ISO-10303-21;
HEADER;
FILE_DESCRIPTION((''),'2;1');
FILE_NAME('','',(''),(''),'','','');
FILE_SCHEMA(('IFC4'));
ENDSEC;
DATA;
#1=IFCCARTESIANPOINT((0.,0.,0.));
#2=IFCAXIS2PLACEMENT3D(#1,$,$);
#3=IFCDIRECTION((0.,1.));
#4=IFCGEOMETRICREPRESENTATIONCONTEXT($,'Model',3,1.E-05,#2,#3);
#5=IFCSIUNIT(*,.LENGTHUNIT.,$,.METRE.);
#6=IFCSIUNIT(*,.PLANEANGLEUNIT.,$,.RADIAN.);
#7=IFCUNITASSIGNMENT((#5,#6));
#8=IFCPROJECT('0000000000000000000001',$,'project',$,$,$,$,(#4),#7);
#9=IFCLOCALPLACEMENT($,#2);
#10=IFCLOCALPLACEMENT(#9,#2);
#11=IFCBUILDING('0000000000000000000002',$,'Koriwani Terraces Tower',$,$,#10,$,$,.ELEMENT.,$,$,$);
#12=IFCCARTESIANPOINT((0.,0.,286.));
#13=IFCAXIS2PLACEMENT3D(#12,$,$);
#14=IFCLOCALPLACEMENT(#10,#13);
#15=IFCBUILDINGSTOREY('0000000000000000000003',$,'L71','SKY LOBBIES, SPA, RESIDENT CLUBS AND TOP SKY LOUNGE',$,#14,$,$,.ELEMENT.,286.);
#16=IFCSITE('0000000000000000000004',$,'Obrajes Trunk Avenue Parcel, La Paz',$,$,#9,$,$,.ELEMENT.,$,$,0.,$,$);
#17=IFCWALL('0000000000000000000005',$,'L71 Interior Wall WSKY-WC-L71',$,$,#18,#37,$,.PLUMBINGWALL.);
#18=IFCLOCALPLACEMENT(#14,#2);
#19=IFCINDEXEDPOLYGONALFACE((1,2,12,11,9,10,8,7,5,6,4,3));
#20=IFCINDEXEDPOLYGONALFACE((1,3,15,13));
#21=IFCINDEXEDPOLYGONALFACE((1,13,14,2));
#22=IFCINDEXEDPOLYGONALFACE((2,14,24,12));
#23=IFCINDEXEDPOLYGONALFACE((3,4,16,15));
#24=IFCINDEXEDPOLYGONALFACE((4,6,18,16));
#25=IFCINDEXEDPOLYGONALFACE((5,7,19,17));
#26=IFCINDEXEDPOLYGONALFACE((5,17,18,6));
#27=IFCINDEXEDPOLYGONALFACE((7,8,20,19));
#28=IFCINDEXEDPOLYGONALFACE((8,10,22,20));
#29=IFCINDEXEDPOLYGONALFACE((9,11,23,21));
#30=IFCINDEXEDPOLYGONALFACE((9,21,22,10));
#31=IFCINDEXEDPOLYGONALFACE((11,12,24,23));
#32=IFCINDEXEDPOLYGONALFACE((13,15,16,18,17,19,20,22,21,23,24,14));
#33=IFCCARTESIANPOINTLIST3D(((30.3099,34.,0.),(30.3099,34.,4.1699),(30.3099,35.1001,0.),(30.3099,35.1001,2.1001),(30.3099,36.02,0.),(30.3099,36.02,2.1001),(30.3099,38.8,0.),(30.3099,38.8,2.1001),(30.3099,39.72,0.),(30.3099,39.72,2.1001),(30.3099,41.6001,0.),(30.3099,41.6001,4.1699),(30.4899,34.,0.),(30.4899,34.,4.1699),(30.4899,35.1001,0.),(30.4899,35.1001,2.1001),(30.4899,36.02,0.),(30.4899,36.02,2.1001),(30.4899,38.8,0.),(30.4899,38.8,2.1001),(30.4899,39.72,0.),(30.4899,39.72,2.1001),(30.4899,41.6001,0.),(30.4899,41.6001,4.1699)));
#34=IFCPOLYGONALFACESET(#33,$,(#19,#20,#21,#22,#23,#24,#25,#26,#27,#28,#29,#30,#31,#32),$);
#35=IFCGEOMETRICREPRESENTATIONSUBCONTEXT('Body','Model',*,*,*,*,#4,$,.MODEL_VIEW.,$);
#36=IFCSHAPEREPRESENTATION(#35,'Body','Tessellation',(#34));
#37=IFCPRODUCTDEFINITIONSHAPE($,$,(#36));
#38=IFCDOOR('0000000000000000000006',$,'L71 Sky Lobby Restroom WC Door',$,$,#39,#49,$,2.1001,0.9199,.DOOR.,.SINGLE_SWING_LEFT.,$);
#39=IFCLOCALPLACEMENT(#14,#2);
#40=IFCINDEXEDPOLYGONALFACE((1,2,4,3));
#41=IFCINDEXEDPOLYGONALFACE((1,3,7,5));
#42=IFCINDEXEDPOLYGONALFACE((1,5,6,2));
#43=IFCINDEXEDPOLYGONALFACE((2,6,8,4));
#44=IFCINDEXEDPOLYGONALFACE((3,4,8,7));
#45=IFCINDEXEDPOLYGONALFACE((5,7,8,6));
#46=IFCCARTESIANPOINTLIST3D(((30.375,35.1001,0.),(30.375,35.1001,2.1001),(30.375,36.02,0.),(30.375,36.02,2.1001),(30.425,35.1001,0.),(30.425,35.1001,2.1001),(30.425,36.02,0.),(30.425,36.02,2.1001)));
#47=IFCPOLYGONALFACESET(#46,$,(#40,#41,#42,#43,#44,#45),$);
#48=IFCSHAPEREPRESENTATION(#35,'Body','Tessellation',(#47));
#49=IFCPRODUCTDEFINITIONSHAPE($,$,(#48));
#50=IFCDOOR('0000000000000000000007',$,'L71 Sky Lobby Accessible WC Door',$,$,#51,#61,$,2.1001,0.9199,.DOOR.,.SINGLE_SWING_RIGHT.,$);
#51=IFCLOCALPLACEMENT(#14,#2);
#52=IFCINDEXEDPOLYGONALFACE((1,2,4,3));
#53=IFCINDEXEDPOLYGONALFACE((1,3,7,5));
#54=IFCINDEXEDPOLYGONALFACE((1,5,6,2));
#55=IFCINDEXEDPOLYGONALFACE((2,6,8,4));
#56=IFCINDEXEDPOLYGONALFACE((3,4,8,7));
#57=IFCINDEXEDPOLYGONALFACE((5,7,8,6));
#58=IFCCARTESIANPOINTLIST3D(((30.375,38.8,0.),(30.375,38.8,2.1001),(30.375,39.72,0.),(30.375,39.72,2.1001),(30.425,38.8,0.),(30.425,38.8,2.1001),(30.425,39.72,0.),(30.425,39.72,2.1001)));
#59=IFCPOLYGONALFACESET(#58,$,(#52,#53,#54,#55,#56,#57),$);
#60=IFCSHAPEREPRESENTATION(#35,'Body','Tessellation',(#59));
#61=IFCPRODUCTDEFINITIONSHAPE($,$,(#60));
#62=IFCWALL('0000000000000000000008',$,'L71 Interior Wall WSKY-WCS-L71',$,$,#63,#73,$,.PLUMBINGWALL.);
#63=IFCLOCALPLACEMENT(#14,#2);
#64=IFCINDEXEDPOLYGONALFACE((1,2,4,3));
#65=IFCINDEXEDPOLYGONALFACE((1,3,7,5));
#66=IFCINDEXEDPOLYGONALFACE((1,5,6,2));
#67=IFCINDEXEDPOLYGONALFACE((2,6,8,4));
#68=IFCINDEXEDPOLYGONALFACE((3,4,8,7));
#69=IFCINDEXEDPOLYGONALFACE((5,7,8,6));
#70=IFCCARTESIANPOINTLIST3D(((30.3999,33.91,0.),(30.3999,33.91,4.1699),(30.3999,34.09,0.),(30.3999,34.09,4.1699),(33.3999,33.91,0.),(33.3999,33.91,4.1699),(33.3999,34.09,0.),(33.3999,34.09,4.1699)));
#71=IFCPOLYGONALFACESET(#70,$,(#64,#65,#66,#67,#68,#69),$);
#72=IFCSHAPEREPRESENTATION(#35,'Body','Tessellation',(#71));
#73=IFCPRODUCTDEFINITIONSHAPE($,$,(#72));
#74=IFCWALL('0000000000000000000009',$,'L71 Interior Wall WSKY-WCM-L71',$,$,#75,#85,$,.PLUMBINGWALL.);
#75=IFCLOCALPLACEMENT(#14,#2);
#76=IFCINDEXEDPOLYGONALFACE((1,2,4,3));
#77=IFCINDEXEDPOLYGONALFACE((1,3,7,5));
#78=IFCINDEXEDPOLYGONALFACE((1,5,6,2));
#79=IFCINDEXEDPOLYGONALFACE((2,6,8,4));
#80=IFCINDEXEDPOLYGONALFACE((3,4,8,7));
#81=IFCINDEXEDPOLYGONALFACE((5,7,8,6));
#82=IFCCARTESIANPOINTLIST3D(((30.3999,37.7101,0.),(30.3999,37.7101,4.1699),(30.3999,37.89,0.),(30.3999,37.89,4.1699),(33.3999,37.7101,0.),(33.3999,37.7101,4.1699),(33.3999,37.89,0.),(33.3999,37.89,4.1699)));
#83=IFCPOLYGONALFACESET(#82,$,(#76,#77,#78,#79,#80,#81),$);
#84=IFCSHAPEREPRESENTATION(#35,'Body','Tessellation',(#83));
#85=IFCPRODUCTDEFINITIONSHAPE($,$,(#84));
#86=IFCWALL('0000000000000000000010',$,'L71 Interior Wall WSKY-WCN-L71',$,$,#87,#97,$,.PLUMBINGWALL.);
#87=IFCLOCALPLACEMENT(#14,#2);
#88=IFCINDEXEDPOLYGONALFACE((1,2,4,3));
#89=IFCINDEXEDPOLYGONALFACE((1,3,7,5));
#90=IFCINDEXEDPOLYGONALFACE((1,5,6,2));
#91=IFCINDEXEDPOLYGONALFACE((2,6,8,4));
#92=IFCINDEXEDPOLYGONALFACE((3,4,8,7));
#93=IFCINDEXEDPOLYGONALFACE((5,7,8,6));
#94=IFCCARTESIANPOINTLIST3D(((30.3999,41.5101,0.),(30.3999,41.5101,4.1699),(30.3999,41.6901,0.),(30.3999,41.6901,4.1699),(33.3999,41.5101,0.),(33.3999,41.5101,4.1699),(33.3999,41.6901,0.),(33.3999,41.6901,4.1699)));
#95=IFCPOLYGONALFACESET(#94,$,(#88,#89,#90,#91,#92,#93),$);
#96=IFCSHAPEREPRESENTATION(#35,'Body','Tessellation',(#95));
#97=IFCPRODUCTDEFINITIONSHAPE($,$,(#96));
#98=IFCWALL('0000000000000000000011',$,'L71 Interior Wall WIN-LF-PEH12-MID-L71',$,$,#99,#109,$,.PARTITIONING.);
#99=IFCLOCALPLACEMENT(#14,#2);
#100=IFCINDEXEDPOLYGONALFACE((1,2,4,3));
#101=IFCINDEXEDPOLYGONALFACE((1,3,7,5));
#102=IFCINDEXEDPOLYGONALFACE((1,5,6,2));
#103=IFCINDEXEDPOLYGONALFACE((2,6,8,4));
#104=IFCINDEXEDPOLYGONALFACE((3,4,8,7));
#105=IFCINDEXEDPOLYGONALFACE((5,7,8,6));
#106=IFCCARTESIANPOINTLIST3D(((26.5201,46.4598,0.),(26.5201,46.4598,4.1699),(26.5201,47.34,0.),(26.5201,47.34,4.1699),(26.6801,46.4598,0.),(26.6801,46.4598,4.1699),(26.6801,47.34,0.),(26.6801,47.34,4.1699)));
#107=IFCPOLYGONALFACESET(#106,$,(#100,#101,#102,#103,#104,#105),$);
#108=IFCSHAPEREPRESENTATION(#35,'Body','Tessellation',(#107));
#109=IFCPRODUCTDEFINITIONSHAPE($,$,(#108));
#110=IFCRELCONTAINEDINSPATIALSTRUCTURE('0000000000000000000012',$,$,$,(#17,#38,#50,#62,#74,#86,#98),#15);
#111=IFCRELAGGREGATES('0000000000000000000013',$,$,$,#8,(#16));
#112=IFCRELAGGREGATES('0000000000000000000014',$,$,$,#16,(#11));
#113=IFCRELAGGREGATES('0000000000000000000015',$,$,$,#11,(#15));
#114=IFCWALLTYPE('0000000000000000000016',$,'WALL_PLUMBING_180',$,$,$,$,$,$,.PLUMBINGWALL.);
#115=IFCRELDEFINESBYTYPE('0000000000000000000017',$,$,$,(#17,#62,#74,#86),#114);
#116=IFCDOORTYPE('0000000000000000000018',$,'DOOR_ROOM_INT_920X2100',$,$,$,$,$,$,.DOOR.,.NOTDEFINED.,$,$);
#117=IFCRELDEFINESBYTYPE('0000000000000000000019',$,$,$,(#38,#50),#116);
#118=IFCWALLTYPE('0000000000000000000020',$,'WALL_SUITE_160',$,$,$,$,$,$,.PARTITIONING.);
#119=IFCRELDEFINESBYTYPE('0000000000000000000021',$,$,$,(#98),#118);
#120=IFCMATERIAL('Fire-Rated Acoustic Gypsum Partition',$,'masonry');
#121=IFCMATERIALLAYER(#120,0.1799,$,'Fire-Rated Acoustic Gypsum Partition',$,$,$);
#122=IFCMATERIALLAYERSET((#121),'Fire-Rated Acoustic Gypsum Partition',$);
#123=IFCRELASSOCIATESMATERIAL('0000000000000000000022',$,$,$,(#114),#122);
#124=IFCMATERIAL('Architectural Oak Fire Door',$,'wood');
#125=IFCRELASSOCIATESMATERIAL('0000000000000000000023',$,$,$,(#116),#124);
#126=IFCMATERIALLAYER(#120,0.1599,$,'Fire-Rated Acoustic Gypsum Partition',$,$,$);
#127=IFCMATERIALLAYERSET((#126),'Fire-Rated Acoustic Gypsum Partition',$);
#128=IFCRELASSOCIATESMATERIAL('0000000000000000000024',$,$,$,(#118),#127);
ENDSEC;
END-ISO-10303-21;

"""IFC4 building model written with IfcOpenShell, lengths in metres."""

from ifc_helpers import new_model, si_unit, direction, frame, frame_2d, origin, place, context, subcontext, project, spatial, rectangle, extrude, material, layer, layer_set, type_object, element, fill, save


model = new_model("IFC4")

# Units and contexts
model_context = context("Model", 3, precision=1e-05, world=origin(), true_north=direction((0.0, 1.0)))
body_context = subcontext(model_context, "Body", "Model", "MODEL_VIEW")
ifc_project = project(units=[si_unit("LENGTHUNIT", "METRE"), si_unit("PLANEANGLEUNIT", "RADIAN")], contexts=[model_context])

# Site, building, storey
site_placement = place(None, origin())
site = spatial("IfcSite", under=ifc_project, at=site_placement, Name="Obrajes Trunk Avenue Parcel, La Paz", CompositionType="ELEMENT", RefElevation=0.0)
building_placement = place(site_placement, origin())
building = spatial("IfcBuilding", under=site, at=building_placement, Name="Koriwani Terraces Tower", CompositionType="ELEMENT")
storey_placement = place(building_placement, frame((0.0, 0.0, 286.0)))
storey = spatial("IfcBuildingStorey", under=building, at=storey_placement, Name="L71", Description="SKY LOBBIES, SPA, RESIDENT CLUBS AND TOP SKY LOUNGE", CompositionType="ELEMENT", Elevation=286.0)

# Wall, openings, doors
ifc_material_1 = material(Name="Fire-Rated Acoustic Gypsum Partition", Category="masonry")
ifc_layer_1 = layer(ifc_material_1, 0.1799, Name="Fire-Rated Acoustic Gypsum Partition")
ifc_layer_set_1 = layer_set([ifc_layer_1], Name="Fire-Rated Acoustic Gypsum Partition")
wall_type_1 = type_object("IfcWallType", Name="WALL_PLUMBING_180", PredefinedType="PLUMBINGWALL", material=ifc_layer_set_1)
wall_1_placement = place(storey_placement, frame((30.3999, 34.0, 0.0), z_axis=(0.0, 0.0, 1.0), x_axis=(0.0, 1.0, 0.0)))
wall_1 = element("IfcWall", 1, at=wall_1_placement, inside=storey, type_object=wall_type_1, Name="L71 Interior Wall WSKY-WC-L71", PredefinedType="PLUMBINGWALL", context=body_context, shape_type="SweptSolid", body=[
    extrude(rectangle(XDim=7.6001, YDim=0.1799, at=frame_2d((3.8, 0.0))), origin(), (0.0, 0.0, 1.0), 4.1699),
])
opening_1_placement = place(wall_1_placement, frame((1.1001, 0.0, 0.0)))
opening_1 = element("IfcOpeningElement", 2, at=opening_1_placement, cuts=wall_1, PredefinedType="OPENING", context=body_context, shape_type="SweptSolid", body=[
    extrude(rectangle(XDim=0.9199, YDim=2.1001, at=frame_2d((0.46, 1.05))), frame((0.0, 0.1001, 0.0), z_axis=(0.0, -1.0, 0.0), x_axis=(1.0, 0.0, 0.0)), (0.0, 0.0, 1.0), 0.2),
])
opening_2_placement = place(wall_1_placement, frame((4.8, 0.0, 0.0)))
opening_2 = element("IfcOpeningElement", 3, at=opening_2_placement, cuts=wall_1, PredefinedType="OPENING", context=body_context, shape_type="SweptSolid", body=[
    extrude(rectangle(XDim=0.9199, YDim=2.1001, at=frame_2d((0.46, 1.05))), frame((0.0, 0.1001, 0.0), z_axis=(0.0, -1.0, 0.0), x_axis=(1.0, 0.0, 0.0)), (0.0, 0.0, 1.0), 0.2),
])
ifc_material_2 = material(Name="Architectural Oak Fire Door", Category="wood")
door_type_1 = type_object("IfcDoorType", Name="DOOR_ROOM_INT_920X2100", OperationType="NOTDEFINED", PredefinedType="DOOR", material=ifc_material_2)
door_1_placement = place(opening_1_placement, origin())
door_1 = element("IfcDoor", 4, at=door_1_placement, inside=storey, type_object=door_type_1, Name="L71 Sky Lobby Restroom WC Door", OperationType="SINGLE_SWING_LEFT", OverallHeight=2.1001, OverallWidth=0.9199, PredefinedType="DOOR", context=body_context, shape_type="SweptSolid", body=[
    extrude(rectangle(XDim=0.9199, YDim=2.1001, at=frame_2d((0.46, 1.05))), frame((0.0, 0.0249, 0.0), z_axis=(0.0, -1.0, 0.0), x_axis=(1.0, 0.0, 0.0)), (0.0, 0.0, 1.0), 0.05),
])
fill(opening_1, door_1)
door_2_placement = place(opening_2_placement, origin())
door_2 = element("IfcDoor", 5, at=door_2_placement, inside=storey, type_object=door_type_1, Name="L71 Sky Lobby Accessible WC Door", OperationType="SINGLE_SWING_RIGHT", OverallHeight=2.1001, OverallWidth=0.9199, PredefinedType="DOOR", context=body_context, shape_type="SweptSolid", body=[
    extrude(rectangle(XDim=0.9199, YDim=2.1001, at=frame_2d((0.46, 1.05))), frame((0.0, 0.0249, 0.0), z_axis=(0.0, -1.0, 0.0), x_axis=(1.0, 0.0, 0.0)), (0.0, 0.0, 1.0), 0.05),
])
fill(opening_2, door_2)

# Walls
for number, where, z_axis, x_axis, name in (
    (6, (30.3999, 34.0, 0.0), (0.0, 0.0, 1.0), (1.0, 0.0, 0.0), "L71 Interior Wall WSKY-WCS-L71"),
    (7, (30.3999, 37.8, 0.0), (0.0, 0.0, 1.0), (1.0, 0.0, 0.0), "L71 Interior Wall WSKY-WCM-L71"),
    (8, (30.3999, 41.6001, 0.0), (0.0, 0.0, 1.0), (1.0, 0.0, 0.0), "L71 Interior Wall WSKY-WCN-L71"),
):
    element("IfcWall", number, at=place(storey_placement, frame(where, z_axis=z_axis, x_axis=x_axis)), inside=storey, type_object=wall_type_1, Name=name, PredefinedType="PLUMBINGWALL", context=body_context, shape_type="SweptSolid", body=[
        extrude(rectangle(XDim=3.0, YDim=0.1799, at=frame_2d((1.5, 0.0))), origin(), (0.0, 0.0, 1.0), 4.1699),
    ])

# Wall
ifc_layer_2 = layer(ifc_material_1, 0.1599, Name="Fire-Rated Acoustic Gypsum Partition")
ifc_layer_set_2 = layer_set([ifc_layer_2], Name="Fire-Rated Acoustic Gypsum Partition")
wall_type_2 = type_object("IfcWallType", Name="WALL_SUITE_160", PredefinedType="PARTITIONING", material=ifc_layer_set_2)
wall_2_placement = place(storey_placement, frame((26.6001, 46.46, 0.0), z_axis=(0.0, 0.0, 1.0), x_axis=(0.0, 1.0, 0.0)))
element("IfcWall", 9, at=wall_2_placement, inside=storey, type_object=wall_type_2, Name="L71 Interior Wall WIN-LF-PEH12-MID-L71", PredefinedType="PARTITIONING", context=body_context, shape_type="SweptSolid", body=[
    extrude(rectangle(XDim=0.8801, YDim=0.1599, at=frame_2d((0.4399, 0.0))), origin(), (0.0, 0.0, 1.0), 4.1699),
])

save(model, "model.ifc")
